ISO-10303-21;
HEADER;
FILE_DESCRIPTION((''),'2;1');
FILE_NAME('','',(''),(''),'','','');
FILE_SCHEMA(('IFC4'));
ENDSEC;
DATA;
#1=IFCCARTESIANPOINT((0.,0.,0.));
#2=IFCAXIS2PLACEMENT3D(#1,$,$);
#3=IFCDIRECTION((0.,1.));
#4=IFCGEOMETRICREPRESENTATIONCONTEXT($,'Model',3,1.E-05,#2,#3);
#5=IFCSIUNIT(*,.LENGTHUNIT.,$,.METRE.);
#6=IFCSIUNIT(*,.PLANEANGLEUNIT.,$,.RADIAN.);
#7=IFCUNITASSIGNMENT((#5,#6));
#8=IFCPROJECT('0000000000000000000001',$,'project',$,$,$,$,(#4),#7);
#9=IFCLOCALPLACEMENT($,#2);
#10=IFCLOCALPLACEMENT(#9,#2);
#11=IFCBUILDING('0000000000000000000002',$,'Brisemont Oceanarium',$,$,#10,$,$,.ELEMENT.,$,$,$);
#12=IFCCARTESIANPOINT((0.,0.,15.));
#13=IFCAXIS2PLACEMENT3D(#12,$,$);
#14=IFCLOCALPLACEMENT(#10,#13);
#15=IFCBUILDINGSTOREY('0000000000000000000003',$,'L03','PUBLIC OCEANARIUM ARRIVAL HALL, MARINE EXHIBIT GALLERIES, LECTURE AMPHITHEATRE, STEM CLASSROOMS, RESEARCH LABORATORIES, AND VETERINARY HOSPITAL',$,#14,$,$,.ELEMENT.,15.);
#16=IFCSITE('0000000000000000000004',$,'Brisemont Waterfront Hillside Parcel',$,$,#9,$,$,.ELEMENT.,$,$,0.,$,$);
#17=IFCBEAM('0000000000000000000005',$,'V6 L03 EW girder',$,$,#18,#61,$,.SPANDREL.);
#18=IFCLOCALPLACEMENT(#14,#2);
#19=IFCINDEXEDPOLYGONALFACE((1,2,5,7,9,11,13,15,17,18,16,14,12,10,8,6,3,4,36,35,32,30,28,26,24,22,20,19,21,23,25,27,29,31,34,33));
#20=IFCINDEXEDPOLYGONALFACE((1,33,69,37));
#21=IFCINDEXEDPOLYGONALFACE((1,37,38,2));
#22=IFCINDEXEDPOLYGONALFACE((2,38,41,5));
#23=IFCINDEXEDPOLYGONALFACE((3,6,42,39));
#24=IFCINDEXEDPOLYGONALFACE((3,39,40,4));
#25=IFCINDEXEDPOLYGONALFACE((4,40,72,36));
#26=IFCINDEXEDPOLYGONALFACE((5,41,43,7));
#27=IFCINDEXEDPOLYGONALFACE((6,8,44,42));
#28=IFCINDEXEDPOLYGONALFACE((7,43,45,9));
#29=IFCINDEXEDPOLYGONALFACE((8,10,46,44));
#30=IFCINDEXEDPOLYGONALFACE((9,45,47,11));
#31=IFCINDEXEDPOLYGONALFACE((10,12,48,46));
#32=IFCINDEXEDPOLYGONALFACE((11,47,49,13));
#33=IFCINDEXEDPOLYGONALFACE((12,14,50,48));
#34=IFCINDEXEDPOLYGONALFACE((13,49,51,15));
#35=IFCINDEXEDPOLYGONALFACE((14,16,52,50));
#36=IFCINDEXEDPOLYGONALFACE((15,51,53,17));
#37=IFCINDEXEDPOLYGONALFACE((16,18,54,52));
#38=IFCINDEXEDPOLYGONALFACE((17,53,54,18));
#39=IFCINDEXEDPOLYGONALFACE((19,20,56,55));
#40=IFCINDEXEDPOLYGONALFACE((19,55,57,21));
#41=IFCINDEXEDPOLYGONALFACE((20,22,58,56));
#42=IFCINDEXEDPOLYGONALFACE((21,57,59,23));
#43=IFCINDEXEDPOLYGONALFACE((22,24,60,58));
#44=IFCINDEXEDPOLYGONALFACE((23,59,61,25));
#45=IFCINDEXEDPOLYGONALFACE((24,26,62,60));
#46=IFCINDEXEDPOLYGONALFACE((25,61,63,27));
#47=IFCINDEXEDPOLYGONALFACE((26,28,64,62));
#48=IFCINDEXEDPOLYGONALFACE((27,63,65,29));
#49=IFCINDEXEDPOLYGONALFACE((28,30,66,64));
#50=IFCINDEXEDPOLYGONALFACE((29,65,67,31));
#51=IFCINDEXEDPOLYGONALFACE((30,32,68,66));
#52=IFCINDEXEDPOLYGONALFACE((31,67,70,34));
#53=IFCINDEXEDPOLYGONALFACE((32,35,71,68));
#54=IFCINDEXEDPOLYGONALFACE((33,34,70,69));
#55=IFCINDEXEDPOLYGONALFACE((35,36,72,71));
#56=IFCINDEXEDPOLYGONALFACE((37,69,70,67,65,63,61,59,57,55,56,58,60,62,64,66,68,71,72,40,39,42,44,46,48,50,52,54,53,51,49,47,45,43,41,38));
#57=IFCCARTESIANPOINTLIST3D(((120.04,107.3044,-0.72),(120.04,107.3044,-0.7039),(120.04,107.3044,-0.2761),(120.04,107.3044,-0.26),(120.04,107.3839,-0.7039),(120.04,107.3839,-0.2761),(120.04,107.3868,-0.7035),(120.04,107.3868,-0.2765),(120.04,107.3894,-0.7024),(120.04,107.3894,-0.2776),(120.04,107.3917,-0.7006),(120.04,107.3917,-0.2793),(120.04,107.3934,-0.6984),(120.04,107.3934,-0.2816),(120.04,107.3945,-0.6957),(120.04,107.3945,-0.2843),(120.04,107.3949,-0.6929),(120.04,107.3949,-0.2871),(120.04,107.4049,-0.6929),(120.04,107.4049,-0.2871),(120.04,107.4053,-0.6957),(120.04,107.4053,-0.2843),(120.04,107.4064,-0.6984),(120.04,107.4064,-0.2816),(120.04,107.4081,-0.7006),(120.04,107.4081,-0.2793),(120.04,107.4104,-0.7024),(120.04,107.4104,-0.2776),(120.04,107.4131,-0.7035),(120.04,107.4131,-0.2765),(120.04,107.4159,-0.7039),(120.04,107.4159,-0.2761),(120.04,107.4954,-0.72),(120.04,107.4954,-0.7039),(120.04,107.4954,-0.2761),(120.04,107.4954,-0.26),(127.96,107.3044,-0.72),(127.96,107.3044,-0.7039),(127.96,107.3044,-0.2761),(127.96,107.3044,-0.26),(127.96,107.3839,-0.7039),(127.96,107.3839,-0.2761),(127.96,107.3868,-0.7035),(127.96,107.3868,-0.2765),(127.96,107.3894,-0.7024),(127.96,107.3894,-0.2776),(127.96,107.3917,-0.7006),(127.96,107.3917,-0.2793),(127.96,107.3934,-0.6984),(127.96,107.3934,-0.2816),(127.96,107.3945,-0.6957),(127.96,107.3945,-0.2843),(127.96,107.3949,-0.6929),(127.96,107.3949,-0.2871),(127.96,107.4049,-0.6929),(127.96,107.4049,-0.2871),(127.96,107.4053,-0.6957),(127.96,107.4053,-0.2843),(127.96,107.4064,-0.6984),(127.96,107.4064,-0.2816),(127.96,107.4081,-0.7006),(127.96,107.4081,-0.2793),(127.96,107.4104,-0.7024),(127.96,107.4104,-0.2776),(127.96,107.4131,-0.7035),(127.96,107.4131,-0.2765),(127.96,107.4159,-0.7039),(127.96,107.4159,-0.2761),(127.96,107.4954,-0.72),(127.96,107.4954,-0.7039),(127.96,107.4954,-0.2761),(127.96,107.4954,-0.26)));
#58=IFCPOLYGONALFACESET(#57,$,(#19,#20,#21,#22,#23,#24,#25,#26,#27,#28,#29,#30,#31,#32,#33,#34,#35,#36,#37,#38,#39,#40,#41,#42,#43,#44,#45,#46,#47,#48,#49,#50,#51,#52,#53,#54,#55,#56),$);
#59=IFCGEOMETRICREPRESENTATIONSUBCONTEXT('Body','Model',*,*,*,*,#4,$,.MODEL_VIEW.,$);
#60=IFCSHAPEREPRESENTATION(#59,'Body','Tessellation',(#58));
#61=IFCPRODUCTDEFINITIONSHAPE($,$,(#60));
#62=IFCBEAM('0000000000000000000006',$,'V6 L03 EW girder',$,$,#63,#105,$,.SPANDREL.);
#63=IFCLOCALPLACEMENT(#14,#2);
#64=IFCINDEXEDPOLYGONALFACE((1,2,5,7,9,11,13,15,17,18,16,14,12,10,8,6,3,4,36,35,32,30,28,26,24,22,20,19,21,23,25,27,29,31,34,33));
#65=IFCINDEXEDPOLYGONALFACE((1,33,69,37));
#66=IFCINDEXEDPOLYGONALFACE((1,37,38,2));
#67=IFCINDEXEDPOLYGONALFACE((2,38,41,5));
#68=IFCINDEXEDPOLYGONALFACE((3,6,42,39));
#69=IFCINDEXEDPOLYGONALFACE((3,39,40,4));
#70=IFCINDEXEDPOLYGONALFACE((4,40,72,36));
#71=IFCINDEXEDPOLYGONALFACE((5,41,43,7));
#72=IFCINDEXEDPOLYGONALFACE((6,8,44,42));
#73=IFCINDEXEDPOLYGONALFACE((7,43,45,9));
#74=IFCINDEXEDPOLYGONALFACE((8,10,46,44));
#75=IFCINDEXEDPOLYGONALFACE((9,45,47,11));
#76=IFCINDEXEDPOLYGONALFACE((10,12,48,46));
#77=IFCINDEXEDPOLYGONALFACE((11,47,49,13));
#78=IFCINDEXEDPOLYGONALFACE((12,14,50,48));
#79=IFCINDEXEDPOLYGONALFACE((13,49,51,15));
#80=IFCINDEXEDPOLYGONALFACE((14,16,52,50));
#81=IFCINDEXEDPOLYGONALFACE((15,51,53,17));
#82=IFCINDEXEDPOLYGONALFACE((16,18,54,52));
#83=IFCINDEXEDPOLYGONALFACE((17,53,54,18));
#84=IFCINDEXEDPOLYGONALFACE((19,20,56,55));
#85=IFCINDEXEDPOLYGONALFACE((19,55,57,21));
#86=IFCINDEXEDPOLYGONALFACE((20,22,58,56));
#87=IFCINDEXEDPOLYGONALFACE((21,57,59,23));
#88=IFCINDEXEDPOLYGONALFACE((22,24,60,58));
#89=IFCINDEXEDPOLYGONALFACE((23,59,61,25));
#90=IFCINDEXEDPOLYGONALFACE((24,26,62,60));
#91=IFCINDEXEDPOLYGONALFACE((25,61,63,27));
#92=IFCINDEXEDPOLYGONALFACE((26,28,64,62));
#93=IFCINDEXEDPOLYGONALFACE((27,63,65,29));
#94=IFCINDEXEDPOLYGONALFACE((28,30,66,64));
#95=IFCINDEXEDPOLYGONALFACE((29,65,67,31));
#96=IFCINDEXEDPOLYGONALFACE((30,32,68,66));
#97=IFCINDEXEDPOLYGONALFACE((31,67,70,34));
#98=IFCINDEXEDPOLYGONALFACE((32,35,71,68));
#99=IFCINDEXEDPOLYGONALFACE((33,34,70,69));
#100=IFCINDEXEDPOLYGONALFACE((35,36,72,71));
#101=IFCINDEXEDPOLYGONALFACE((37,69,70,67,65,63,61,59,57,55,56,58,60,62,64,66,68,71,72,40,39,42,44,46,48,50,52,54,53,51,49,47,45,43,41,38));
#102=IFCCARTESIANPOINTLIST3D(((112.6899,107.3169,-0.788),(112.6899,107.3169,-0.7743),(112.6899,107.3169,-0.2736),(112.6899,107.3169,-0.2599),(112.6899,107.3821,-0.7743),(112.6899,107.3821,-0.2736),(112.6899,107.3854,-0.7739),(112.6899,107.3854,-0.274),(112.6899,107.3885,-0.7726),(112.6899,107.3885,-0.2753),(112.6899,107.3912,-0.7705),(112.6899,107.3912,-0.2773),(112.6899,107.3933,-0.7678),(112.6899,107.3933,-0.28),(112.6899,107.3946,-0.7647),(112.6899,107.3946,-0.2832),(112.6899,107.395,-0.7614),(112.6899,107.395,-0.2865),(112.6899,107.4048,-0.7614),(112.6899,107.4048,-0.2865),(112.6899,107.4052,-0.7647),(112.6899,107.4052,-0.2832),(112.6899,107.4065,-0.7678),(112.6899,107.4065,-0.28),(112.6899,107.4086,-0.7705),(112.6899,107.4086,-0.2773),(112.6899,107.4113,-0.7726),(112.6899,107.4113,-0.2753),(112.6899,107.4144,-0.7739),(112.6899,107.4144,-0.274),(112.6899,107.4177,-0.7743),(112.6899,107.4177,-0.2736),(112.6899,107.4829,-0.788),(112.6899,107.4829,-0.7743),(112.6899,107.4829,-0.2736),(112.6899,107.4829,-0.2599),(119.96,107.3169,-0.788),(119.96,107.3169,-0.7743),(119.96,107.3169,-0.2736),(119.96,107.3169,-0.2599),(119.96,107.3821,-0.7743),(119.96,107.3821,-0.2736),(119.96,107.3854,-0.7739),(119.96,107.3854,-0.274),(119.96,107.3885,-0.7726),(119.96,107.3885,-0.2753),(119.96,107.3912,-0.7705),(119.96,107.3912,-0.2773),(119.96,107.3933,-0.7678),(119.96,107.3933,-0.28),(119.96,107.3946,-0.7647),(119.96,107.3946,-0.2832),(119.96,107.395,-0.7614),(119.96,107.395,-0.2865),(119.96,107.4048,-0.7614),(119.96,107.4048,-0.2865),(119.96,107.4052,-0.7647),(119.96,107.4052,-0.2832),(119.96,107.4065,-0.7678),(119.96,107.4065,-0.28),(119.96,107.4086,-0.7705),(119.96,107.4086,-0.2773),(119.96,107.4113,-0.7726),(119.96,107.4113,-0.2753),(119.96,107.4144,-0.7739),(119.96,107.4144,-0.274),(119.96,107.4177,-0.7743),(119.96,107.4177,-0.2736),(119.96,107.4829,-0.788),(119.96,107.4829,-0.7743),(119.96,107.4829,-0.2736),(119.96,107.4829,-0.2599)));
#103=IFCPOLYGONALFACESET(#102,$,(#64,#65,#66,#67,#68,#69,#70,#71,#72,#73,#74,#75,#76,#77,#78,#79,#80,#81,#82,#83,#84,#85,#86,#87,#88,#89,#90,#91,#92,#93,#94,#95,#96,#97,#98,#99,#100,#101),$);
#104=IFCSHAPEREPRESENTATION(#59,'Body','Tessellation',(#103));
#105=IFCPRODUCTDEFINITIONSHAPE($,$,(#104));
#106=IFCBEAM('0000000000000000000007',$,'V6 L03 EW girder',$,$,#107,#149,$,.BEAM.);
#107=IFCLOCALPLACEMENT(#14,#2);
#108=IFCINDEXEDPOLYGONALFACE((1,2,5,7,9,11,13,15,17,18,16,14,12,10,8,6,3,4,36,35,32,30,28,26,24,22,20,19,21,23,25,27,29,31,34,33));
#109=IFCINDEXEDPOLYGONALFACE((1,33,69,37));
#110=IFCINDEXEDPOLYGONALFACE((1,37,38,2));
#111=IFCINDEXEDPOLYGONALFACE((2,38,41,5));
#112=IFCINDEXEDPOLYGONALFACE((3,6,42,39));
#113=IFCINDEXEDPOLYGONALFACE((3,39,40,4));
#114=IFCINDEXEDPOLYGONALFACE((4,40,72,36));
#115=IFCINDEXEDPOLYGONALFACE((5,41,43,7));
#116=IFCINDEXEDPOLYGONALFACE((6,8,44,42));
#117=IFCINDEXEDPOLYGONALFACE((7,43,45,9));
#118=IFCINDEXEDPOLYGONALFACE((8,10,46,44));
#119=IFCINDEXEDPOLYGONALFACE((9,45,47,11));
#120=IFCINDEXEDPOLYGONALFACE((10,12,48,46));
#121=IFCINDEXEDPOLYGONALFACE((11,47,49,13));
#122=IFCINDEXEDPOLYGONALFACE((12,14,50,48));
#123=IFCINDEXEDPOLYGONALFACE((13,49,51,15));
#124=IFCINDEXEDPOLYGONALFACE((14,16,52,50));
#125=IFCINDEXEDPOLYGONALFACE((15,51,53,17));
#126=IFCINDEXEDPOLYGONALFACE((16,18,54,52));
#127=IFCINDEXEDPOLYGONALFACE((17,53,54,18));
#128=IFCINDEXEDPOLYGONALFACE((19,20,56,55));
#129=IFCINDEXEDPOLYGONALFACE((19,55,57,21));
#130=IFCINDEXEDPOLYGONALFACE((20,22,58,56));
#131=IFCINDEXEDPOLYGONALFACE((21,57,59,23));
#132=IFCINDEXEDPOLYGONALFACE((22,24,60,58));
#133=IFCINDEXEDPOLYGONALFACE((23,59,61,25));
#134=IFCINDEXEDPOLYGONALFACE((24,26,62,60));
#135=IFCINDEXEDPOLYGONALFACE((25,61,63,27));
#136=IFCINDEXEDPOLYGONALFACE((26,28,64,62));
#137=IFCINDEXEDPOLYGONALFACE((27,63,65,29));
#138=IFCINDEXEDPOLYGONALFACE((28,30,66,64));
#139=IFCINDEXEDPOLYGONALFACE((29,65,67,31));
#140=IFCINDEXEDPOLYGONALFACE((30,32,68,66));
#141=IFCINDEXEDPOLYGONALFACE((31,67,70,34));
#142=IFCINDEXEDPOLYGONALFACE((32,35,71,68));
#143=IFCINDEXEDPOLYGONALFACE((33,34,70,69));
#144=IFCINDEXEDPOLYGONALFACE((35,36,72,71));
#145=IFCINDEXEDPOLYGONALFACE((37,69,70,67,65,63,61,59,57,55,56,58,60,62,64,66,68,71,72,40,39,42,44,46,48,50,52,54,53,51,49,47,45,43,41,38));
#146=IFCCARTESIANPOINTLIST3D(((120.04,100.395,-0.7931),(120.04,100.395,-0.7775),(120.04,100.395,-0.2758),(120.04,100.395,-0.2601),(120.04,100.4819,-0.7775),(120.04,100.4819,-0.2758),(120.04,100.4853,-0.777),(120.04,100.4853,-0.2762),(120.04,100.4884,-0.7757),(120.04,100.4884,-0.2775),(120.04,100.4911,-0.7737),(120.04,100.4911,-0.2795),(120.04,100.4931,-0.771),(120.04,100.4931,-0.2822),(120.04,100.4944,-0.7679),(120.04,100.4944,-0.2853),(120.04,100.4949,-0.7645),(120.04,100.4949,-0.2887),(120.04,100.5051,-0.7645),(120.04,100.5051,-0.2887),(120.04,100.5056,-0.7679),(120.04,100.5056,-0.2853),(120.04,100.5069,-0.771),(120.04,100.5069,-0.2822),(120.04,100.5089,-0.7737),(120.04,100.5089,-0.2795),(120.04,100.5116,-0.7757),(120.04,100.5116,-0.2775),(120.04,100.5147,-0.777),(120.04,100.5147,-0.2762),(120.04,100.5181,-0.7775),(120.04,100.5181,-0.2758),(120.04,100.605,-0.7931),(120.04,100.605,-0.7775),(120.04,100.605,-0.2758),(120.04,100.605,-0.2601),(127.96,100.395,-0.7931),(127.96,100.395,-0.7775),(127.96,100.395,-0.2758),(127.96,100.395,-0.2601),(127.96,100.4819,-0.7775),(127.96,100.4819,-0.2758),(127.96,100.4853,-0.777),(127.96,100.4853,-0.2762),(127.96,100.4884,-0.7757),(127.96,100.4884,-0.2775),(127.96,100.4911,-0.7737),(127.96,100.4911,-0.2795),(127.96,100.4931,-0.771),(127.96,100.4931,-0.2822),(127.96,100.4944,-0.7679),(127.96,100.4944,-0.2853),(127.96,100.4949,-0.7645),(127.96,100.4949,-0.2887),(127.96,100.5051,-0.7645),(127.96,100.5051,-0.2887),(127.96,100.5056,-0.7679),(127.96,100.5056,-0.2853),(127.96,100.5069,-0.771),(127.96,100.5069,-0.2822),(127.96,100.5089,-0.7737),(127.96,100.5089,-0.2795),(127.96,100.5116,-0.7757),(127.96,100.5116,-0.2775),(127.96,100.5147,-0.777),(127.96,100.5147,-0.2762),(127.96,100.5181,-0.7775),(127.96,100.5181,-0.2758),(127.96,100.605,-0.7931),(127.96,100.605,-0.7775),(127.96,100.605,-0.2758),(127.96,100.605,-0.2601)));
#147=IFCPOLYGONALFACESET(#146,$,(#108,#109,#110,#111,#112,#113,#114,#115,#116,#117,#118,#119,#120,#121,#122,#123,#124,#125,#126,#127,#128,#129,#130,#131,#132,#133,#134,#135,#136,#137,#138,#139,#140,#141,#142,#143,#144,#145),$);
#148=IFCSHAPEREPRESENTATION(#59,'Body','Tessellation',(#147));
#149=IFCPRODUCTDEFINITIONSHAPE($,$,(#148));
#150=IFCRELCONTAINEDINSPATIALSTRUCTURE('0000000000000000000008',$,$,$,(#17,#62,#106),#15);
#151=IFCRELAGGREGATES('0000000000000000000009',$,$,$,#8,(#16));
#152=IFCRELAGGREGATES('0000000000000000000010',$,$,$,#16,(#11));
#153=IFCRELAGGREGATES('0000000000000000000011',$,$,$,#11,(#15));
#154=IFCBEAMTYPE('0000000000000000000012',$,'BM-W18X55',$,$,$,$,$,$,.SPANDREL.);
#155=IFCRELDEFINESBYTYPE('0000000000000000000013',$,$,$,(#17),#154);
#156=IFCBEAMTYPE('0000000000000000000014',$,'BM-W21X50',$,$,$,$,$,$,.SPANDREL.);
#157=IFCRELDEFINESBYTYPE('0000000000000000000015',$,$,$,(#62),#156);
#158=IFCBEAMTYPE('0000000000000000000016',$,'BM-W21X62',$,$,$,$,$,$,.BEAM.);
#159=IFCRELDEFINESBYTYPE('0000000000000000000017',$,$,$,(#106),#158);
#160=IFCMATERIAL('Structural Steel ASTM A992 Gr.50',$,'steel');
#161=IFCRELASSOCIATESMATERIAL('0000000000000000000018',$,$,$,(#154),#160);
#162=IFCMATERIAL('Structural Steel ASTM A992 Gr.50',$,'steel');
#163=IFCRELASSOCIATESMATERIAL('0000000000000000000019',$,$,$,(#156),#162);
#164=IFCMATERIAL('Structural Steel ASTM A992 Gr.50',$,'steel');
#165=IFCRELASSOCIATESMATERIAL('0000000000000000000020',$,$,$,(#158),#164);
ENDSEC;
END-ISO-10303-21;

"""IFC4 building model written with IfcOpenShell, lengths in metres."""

from ifc_helpers import new_model, si_unit, direction, frame, origin, origin_2d, place, context, subcontext, project, spatial, i_section, extrude, material, material_profile, profile_set, type_object, element, save


model = new_model("IFC4")

# Units and contexts
model_context = context("Model", 3, precision=1e-05, world=origin(), true_north=direction((0.0, 1.0)))
body_context = subcontext(model_context, "Body", "Model", "MODEL_VIEW")
ifc_project = project(units=[si_unit("LENGTHUNIT", "METRE"), si_unit("PLANEANGLEUNIT", "RADIAN")], contexts=[model_context])

# Site, building, storey
site_placement = place(None, origin())
site = spatial("IfcSite", under=ifc_project, at=site_placement, Name="Brisemont Waterfront Hillside Parcel", CompositionType="ELEMENT", RefElevation=0.0)
building_placement = place(site_placement, origin())
building = spatial("IfcBuilding", under=site, at=building_placement, Name="Brisemont Oceanarium", CompositionType="ELEMENT")
storey_placement = place(building_placement, frame((0.0, 0.0, 15.0)))
storey = spatial("IfcBuildingStorey", under=building, at=storey_placement, Name="L03", Description="PUBLIC OCEANARIUM ARRIVAL HALL, MARINE EXHIBIT GALLERIES, LECTURE AMPHITHEATRE, STEM CLASSROOMS, RESEARCH LABORATORIES, AND VETERINARY HOSPITAL", CompositionType="ELEMENT", Elevation=15.0)

# Beams
ifc_material_1 = material(Name="Structural Steel ASTM A992 Gr.50", Category="steel")
ifc_material_profile_1 = material_profile(ifc_material_1, i_section(OverallWidth=0.1909, OverallDepth=0.46, WebThickness=0.01, FlangeThickness=0.0161, FilletRadius=0.011, at=origin_2d()), Name="W18X55")
ifc_profile_set_1 = profile_set([ifc_material_profile_1], Name="Structural Steel ASTM A992 Gr.50")
beam_type_1 = type_object("IfcBeamType", Name="BM-W18X55", PredefinedType="SPANDREL", material=ifc_profile_set_1)
beam_1_placement = place(storey_placement, frame((120.04, 107.3999, -0.49), z_axis=(1.0, 0.0, 0.0), x_axis=(0.0, 1.0, 0.0)))
element("IfcBeam", 1, at=beam_1_placement, inside=storey, type_object=beam_type_1, Name="V6 L03 EW girder", PredefinedType="SPANDREL", context=body_context, shape_type="SweptSolid", body=[
    extrude(i_section(OverallWidth=0.1909, OverallDepth=0.46, WebThickness=0.01, FlangeThickness=0.0161, FilletRadius=0.011, at=origin_2d()), origin(), (0.0, 0.0, 1.0), 7.9199),
])
ifc_material_2 = material(Name="Structural Steel ASTM A992 Gr.50", Category="steel")
ifc_material_profile_2 = material_profile(ifc_material_2, i_section(OverallWidth=0.166, OverallDepth=0.5281, WebThickness=0.0098, FlangeThickness=0.0137, FilletRadius=0.0129, at=origin_2d()), Name="W21X50")
ifc_profile_set_2 = profile_set([ifc_material_profile_2], Name="Structural Steel ASTM A992 Gr.50")
beam_type_2 = type_object("IfcBeamType", Name="BM-W21X50", PredefinedType="SPANDREL", material=ifc_profile_set_2)
beam_2_placement = place(storey_placement, frame((112.6899, 107.3999, -0.5239), z_axis=(1.0, 0.0, 0.0), x_axis=(0.0, 1.0, 0.0)))
element("IfcBeam", 2, at=beam_2_placement, inside=storey, type_object=beam_type_2, Name="V6 L03 EW girder", PredefinedType="SPANDREL", context=body_context, shape_type="SweptSolid", body=[
    extrude(i_section(OverallWidth=0.166, OverallDepth=0.5281, WebThickness=0.0098, FlangeThickness=0.0137, FilletRadius=0.0129, at=origin_2d()), origin(), (0.0, 0.0, 1.0), 7.27),
])
ifc_material_3 = material(Name="Structural Steel ASTM A992 Gr.50", Category="steel")
ifc_material_profile_3 = material_profile(ifc_material_3, i_section(OverallWidth=0.21, OverallDepth=0.533, WebThickness=0.0103, FlangeThickness=0.0156, FilletRadius=0.0129, at=origin_2d()), Name="W21X62")
ifc_profile_set_3 = profile_set([ifc_material_profile_3], Name="Structural Steel ASTM A992 Gr.50")
beam_type_3 = type_object("IfcBeamType", Name="BM-W21X62", PredefinedType="BEAM", material=ifc_profile_set_3)
beam_3_placement = place(storey_placement, frame((120.04, 100.5, -0.5266), z_axis=(1.0, 0.0, 0.0), x_axis=(0.0, 1.0, 0.0)))
element("IfcBeam", 3, at=beam_3_placement, inside=storey, type_object=beam_type_3, Name="V6 L03 EW girder", PredefinedType="BEAM", context=body_context, shape_type="SweptSolid", body=[
    extrude(i_section(OverallWidth=0.21, OverallDepth=0.533, WebThickness=0.0103, FlangeThickness=0.0156, FilletRadius=0.0129, at=origin_2d()), origin(), (0.0, 0.0, 1.0), 7.9199),
])

save(model, "model.ifc")
